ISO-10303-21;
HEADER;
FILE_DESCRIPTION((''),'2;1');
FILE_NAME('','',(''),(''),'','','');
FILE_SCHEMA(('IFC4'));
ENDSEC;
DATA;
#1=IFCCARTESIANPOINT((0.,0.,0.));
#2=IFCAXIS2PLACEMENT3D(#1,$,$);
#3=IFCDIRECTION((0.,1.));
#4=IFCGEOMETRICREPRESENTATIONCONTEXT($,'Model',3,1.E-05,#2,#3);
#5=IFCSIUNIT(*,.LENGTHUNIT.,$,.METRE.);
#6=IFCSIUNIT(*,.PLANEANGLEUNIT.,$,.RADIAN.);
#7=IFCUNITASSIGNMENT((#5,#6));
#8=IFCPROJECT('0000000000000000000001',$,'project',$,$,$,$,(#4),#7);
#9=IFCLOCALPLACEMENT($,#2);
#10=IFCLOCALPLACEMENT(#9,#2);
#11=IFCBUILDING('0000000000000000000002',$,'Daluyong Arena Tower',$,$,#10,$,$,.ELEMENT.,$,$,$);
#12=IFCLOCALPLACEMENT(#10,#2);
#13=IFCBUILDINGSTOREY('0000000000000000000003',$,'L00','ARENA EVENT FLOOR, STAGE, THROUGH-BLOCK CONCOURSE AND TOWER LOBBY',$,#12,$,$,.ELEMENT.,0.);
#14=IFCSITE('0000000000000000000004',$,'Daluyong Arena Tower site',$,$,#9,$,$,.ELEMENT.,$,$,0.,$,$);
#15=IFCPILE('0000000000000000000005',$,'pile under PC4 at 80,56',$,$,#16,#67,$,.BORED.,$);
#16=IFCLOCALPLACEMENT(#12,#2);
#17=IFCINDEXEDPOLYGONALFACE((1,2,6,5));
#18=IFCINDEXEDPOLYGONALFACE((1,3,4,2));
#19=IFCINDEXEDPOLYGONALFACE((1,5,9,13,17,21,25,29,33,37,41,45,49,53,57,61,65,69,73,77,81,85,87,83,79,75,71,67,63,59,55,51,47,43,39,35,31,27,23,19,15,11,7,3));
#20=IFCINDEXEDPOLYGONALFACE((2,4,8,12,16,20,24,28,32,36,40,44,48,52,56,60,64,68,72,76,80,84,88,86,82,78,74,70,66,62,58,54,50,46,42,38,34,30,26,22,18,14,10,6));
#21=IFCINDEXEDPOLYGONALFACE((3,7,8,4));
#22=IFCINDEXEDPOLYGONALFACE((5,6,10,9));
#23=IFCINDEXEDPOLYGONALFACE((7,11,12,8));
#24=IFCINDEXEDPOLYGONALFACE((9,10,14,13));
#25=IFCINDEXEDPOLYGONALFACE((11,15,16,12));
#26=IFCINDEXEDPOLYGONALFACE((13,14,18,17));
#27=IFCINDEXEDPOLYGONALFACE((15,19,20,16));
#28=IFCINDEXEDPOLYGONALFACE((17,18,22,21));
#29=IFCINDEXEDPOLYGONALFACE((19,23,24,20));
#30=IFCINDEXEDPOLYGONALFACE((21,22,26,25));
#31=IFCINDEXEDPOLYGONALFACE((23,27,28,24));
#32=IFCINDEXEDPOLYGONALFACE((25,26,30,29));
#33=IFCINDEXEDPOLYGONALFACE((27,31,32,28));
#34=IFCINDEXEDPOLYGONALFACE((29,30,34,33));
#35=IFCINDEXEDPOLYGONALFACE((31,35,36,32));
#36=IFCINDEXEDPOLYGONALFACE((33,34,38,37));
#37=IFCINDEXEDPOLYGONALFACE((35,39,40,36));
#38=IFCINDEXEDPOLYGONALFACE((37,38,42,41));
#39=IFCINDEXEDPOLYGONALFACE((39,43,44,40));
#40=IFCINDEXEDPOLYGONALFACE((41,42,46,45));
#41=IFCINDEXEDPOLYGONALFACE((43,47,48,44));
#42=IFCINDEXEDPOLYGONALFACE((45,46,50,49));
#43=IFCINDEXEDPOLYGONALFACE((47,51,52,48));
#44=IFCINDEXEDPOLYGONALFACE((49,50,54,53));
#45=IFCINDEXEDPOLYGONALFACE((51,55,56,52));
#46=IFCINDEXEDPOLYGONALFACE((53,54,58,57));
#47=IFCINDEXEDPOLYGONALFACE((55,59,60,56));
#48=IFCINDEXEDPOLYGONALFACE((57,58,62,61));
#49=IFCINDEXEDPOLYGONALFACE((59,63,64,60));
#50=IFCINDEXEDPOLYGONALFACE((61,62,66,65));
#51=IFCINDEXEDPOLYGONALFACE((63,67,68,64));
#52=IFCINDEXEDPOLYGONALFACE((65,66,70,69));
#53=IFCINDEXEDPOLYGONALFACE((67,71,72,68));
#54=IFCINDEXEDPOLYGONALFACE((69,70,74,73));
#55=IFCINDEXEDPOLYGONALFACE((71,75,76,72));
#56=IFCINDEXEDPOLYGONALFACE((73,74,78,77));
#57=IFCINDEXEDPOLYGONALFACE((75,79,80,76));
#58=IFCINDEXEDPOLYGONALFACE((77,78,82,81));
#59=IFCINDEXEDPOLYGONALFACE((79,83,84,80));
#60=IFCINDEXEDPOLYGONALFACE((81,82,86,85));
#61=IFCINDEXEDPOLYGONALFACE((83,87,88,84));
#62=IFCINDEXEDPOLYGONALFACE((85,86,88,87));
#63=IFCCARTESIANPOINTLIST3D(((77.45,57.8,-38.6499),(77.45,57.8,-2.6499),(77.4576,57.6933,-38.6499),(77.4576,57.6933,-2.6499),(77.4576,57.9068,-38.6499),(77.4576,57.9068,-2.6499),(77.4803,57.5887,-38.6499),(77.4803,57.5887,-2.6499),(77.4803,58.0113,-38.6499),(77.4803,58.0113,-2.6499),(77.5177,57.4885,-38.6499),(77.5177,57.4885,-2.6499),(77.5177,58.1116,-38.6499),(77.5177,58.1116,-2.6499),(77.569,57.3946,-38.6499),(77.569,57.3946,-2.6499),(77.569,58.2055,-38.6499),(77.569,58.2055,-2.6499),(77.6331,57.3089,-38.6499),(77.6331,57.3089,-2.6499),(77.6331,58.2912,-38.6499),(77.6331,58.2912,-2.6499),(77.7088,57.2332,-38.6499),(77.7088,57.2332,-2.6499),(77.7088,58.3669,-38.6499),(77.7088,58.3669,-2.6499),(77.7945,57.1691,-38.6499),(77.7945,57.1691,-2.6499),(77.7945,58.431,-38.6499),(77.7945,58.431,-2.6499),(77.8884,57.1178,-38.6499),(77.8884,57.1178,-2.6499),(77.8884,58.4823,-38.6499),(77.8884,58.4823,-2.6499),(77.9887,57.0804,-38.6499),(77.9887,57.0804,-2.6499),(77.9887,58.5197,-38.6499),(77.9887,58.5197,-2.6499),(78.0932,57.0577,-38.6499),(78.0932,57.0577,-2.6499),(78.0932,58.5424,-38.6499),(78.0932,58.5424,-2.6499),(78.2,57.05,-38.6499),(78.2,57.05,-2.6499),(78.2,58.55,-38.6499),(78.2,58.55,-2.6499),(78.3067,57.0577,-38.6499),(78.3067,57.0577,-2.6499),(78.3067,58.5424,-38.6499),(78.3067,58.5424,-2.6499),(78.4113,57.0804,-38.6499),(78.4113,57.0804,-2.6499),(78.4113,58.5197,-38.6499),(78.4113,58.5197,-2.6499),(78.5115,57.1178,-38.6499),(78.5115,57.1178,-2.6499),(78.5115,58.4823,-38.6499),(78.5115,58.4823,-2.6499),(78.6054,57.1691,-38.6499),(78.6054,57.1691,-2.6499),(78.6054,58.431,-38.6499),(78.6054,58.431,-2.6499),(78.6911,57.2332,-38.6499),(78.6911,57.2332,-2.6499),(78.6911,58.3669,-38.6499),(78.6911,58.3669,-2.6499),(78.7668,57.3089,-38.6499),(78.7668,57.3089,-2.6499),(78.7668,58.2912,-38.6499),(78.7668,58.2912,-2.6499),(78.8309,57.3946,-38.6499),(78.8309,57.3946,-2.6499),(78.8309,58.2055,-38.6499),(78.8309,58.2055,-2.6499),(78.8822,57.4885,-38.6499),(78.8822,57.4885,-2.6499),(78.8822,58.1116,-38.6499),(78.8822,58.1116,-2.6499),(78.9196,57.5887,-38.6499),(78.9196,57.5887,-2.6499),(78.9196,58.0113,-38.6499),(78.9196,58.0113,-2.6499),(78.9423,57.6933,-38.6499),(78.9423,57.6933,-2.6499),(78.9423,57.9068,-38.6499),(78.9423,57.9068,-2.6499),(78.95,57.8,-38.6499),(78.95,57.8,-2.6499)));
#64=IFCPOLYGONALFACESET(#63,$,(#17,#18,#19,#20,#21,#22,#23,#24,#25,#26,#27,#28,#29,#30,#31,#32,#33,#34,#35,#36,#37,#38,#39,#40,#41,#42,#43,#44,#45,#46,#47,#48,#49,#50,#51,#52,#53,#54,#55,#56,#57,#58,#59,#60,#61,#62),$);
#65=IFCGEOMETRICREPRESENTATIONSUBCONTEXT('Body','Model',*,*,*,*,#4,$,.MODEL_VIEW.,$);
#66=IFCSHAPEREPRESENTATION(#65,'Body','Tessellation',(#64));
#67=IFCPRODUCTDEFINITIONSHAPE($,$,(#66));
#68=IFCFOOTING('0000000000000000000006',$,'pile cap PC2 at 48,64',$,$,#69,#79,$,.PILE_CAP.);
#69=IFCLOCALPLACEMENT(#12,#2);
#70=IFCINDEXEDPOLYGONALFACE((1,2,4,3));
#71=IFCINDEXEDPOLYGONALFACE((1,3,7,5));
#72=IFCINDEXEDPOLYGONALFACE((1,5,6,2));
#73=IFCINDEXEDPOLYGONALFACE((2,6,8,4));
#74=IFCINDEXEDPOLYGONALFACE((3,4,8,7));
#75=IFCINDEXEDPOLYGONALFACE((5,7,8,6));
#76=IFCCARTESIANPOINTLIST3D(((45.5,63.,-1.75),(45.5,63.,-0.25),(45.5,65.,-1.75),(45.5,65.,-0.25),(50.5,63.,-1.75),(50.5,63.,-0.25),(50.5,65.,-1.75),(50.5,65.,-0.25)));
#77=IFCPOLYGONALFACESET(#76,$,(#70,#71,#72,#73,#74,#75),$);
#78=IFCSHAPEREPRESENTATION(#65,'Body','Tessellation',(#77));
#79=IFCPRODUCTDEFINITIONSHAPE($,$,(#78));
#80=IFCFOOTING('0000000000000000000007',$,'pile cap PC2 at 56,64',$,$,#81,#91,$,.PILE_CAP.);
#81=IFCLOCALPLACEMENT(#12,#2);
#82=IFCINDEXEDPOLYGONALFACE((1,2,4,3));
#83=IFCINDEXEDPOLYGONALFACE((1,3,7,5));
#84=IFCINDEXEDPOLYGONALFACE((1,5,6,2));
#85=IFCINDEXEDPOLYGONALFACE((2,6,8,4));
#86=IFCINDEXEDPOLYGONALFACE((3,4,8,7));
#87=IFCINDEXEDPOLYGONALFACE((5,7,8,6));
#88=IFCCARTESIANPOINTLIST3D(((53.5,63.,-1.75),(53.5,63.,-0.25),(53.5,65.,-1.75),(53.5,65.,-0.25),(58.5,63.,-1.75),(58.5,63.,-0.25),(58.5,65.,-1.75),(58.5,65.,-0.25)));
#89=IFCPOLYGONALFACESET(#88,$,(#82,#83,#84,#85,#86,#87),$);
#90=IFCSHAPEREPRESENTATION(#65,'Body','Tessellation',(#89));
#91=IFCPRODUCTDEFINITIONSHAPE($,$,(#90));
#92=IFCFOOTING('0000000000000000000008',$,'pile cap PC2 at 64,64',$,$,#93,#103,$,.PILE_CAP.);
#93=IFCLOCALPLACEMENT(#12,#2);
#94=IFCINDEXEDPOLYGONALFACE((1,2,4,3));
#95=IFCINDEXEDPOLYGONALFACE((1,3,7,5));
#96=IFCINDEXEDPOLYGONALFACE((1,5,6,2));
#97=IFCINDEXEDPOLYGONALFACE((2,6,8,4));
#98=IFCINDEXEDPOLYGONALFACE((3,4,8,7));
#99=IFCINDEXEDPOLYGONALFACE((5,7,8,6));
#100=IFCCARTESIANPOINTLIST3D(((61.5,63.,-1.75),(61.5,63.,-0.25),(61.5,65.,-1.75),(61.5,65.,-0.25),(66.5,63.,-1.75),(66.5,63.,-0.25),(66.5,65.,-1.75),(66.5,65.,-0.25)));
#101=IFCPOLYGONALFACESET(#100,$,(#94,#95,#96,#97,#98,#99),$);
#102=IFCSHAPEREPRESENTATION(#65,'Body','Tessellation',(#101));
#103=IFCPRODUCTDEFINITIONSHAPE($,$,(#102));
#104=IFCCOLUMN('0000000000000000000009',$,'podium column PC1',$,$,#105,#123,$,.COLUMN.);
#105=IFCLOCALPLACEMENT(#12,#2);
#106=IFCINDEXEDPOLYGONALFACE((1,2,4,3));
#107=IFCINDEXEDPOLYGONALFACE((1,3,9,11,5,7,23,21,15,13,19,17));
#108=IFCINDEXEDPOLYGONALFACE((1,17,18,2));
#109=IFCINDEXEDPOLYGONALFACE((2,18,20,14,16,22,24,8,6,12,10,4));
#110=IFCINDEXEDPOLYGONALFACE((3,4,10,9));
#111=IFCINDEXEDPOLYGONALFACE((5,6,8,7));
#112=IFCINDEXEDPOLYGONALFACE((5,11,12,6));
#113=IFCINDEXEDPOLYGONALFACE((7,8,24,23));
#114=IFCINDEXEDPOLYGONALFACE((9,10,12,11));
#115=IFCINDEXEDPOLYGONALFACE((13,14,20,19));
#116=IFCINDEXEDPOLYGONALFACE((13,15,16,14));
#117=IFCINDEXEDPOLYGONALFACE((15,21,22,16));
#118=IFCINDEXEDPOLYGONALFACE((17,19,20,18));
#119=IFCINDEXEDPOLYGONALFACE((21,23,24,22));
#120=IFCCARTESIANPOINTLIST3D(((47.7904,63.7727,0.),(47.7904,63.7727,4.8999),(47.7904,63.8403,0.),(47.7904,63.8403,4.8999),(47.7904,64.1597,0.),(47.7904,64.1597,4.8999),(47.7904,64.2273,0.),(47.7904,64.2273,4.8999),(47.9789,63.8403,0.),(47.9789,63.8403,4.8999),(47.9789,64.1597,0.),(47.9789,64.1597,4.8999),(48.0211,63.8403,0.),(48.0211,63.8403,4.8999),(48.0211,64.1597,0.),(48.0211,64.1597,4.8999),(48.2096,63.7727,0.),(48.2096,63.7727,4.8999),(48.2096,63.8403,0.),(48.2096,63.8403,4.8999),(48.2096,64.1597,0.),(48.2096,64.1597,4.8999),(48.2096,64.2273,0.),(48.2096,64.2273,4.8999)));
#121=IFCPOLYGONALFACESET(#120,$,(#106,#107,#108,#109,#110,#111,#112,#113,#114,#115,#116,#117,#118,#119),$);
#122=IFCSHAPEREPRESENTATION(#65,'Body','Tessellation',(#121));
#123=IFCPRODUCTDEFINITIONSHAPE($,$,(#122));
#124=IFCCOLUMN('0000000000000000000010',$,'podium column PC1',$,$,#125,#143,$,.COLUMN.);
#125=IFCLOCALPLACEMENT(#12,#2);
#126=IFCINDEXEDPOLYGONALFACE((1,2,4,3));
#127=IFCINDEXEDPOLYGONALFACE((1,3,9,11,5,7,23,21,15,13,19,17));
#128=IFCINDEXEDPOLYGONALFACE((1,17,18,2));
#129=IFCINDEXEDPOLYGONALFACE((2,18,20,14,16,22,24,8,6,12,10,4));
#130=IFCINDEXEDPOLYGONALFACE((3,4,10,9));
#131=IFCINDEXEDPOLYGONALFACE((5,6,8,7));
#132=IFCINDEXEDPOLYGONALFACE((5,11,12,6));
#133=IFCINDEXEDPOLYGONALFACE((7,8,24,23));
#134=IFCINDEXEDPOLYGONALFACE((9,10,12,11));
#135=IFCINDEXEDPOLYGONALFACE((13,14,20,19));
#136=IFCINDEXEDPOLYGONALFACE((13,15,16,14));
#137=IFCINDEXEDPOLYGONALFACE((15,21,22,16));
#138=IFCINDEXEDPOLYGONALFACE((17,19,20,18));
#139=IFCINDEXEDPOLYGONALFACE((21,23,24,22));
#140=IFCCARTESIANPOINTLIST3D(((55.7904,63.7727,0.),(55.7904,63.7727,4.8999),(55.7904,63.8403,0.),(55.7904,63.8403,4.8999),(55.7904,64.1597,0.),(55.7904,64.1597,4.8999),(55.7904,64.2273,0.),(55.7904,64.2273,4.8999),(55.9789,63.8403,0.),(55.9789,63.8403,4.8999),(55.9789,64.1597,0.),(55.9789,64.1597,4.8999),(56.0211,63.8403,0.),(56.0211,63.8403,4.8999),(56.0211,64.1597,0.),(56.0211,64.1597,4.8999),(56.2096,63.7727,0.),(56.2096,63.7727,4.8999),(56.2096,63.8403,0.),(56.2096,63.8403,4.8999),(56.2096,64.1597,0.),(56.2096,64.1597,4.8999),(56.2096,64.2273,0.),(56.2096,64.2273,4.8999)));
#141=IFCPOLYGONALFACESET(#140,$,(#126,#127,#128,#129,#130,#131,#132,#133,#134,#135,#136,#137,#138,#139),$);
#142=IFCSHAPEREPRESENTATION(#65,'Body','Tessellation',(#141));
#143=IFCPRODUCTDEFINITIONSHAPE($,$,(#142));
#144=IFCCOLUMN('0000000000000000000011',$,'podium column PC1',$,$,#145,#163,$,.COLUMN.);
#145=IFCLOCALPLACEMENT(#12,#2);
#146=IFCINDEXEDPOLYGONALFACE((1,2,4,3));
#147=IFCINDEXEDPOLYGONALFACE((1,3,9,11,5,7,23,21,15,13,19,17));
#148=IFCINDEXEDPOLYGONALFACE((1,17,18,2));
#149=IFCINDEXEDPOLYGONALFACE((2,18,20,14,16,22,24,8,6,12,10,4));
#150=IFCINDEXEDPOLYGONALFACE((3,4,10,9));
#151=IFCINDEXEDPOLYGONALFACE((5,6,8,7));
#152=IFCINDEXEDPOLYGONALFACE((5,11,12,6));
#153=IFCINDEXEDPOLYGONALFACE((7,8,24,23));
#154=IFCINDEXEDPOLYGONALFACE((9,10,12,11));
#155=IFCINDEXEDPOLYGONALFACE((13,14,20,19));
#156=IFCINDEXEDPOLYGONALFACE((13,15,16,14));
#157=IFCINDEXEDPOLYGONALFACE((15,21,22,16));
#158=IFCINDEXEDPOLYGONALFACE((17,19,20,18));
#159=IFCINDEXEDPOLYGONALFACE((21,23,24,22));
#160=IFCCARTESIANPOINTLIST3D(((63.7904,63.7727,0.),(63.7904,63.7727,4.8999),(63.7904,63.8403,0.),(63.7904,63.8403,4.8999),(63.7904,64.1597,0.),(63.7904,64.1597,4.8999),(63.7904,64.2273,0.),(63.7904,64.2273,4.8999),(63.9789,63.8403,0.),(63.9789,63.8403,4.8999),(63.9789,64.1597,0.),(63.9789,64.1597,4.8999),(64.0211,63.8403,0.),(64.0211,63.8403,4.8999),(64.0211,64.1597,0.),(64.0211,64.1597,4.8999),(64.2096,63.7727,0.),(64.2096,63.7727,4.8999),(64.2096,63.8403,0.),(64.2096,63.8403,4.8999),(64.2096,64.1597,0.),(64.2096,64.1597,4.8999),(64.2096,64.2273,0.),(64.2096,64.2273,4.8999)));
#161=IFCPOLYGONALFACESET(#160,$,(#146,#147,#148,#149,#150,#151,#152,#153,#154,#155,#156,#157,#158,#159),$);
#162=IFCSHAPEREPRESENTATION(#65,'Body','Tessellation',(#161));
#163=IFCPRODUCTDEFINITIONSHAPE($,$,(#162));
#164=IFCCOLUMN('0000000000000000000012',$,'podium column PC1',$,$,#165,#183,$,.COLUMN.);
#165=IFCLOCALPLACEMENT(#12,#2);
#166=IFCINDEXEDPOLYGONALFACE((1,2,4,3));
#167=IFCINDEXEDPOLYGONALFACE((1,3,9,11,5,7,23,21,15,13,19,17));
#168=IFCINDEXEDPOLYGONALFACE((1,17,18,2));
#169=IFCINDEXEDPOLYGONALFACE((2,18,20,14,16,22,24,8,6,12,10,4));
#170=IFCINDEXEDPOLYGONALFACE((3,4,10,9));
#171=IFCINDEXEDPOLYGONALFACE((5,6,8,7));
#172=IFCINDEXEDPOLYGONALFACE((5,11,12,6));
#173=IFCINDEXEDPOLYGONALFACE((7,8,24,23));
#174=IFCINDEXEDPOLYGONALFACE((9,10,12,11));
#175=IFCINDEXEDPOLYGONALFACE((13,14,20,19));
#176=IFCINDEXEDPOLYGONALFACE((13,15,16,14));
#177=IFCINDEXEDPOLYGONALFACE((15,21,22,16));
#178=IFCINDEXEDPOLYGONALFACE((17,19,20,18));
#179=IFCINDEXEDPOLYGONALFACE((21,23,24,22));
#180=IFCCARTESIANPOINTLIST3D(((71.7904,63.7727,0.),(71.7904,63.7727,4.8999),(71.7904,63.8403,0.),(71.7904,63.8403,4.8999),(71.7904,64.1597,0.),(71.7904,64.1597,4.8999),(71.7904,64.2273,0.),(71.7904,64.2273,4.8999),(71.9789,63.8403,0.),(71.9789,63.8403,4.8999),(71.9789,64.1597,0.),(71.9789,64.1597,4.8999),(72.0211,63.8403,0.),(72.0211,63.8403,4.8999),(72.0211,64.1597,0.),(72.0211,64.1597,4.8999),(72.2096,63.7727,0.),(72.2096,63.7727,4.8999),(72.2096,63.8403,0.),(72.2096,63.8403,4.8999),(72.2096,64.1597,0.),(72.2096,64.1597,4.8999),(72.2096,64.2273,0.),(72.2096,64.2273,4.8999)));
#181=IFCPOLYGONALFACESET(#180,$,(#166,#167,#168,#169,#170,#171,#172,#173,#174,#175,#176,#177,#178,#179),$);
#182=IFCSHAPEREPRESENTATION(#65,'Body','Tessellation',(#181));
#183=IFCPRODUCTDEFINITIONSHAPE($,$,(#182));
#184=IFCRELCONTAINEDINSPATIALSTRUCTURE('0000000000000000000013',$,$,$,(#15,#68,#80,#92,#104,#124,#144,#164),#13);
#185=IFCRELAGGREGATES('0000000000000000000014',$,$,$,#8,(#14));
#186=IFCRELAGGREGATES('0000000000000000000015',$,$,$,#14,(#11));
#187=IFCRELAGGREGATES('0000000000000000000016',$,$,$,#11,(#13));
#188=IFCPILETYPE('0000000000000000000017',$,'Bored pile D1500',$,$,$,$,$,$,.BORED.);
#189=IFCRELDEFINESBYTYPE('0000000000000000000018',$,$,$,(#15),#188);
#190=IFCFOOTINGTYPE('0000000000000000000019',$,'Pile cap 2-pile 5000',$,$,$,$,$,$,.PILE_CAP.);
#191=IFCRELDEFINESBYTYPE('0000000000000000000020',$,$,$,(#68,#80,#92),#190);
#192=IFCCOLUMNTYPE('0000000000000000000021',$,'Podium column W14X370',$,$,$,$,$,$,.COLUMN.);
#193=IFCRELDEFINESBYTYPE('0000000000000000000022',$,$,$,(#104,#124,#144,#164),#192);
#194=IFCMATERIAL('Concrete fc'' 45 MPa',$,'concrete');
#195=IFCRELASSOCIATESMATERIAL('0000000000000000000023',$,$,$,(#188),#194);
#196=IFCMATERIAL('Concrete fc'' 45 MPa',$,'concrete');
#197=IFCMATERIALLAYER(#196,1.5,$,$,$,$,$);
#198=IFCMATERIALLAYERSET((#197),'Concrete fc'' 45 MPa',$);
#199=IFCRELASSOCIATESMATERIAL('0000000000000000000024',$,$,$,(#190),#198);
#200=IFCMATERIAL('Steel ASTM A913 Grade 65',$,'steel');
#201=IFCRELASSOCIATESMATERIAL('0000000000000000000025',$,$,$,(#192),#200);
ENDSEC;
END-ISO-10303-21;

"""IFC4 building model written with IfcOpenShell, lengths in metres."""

from ifc_helpers import new_model, si_unit, direction, frame, origin, origin_2d, place, context, subcontext, project, spatial, rectangle, circle, i_section, extrude, material, layer, layer_set, material_profile, profile_set, type_object, element, save


model = new_model("IFC4")

# Units and contexts
model_context = context("Model", 3, precision=1e-05, world=origin(), true_north=direction((0.0, 1.0)))
body_context = subcontext(model_context, "Body", "Model", "MODEL_VIEW")
ifc_project = project(units=[si_unit("LENGTHUNIT", "METRE"), si_unit("PLANEANGLEUNIT", "RADIAN")], contexts=[model_context])

# Site, building, storey
site_placement = place(None, origin())
site = spatial("IfcSite", under=ifc_project, at=site_placement, Name="Daluyong Arena Tower site", CompositionType="ELEMENT", RefElevation=0.0)
building_placement = place(site_placement, origin())
building = spatial("IfcBuilding", under=site, at=building_placement, Name="Daluyong Arena Tower", CompositionType="ELEMENT")
storey_placement = place(building_placement, origin())
storey = spatial("IfcBuildingStorey", under=building, at=storey_placement, Name="L00", Description="ARENA EVENT FLOOR, STAGE, THROUGH-BLOCK CONCOURSE AND TOWER LOBBY", CompositionType="ELEMENT", Elevation=0.0)

# Pile
ifc_material_1 = material(Name="Concrete fc' 45 MPa", Category="concrete")
pile_type_1 = type_object("IfcPileType", Name="Bored pile D1500", PredefinedType="BORED", material=ifc_material_1)
for number, where, z_axis, x_axis, name in (
    (1, (78.2, 57.8, -2.6499), (0.0, 0.0, -1.0), (1.0, 0.0, 0.0), "pile under PC4 at 80,56"),
):
    element("IfcPile", number, at=place(storey_placement, frame(where, z_axis=z_axis, x_axis=x_axis)), inside=storey, type_object=pile_type_1, Name=name, PredefinedType="BORED", context=body_context, shape_type="SweptSolid", body=[
        extrude(circle(Radius=0.75, at=origin_2d()), origin(), (0.0, 0.0, 1.0), 36.0),
    ])

# Footings
ifc_material_2 = material(Name="Concrete fc' 45 MPa", Category="concrete")
ifc_layer = layer(ifc_material_2, 1.5)
ifc_layer_set = layer_set([ifc_layer], Name="Concrete fc' 45 MPa")
footing_type = type_object("IfcFootingType", Name="Pile cap 2-pile 5000", PredefinedType="PILE_CAP", material=ifc_layer_set)
for number, where, z_axis, x_axis, name in (
    (2, (48.0, 64.0, -1.75), (0.0, 0.0, 1.0), (1.0, 0.0, 0.0), "pile cap PC2 at 48,64"),
    (3, (56.0, 64.0, -1.75), (0.0, 0.0, 1.0), (1.0, 0.0, 0.0), "pile cap PC2 at 56,64"),
    (4, (64.0, 64.0, -1.75), (0.0, 0.0, 1.0), (1.0, 0.0, 0.0), "pile cap PC2 at 64,64"),
):
    element("IfcFooting", number, at=place(storey_placement, frame(where, z_axis=z_axis, x_axis=x_axis)), inside=storey, type_object=footing_type, Name=name, PredefinedType="PILE_CAP", context=body_context, shape_type="SweptSolid", body=[
        extrude(rectangle(XDim=5.0, YDim=2.0, at=origin_2d()), origin(), (0.0, 0.0, 1.0), 1.5),
    ])

# Columns
ifc_material_3 = material(Name="Steel ASTM A913 Grade 65", Category="steel")
ifc_material_profile = material_profile(ifc_material_3, i_section(OverallWidth=0.4192, OverallDepth=0.4546, WebThickness=0.0422, FlangeThickness=0.0676, at=origin_2d()))
ifc_profile_set = profile_set([ifc_material_profile], Name="Steel ASTM A913 Grade 65")
column_type = type_object("IfcColumnType", Name="Podium column W14X370", PredefinedType="COLUMN", material=ifc_profile_set)
for number, where, z_axis, x_axis, name in (
    (5, (48.0, 64.0, 0.0), (0.0, 0.0, 1.0), (1.0, 0.0, 0.0), "podium column PC1"),
    (6, (56.0, 64.0, 0.0), (0.0, 0.0, 1.0), (1.0, 0.0, 0.0), "podium column PC1"),
    (7, (64.0, 64.0, 0.0), (0.0, 0.0, 1.0), (1.0, 0.0, 0.0), "podium column PC1"),
    (8, (72.0, 64.0, 0.0), (0.0, 0.0, 1.0), (1.0, 0.0, 0.0), "podium column PC1"),
):
    element("IfcColumn", number, at=place(storey_placement, frame(where, z_axis=z_axis, x_axis=x_axis)), inside=storey, type_object=column_type, Name=name, PredefinedType="COLUMN", context=body_context, shape_type="SweptSolid", body=[
        extrude(i_section(OverallWidth=0.4192, OverallDepth=0.4546, WebThickness=0.0422, FlangeThickness=0.0676, at=origin_2d()), origin(), (0.0, 0.0, 1.0), 4.8999),
    ])

save(model, "model.ifc")
